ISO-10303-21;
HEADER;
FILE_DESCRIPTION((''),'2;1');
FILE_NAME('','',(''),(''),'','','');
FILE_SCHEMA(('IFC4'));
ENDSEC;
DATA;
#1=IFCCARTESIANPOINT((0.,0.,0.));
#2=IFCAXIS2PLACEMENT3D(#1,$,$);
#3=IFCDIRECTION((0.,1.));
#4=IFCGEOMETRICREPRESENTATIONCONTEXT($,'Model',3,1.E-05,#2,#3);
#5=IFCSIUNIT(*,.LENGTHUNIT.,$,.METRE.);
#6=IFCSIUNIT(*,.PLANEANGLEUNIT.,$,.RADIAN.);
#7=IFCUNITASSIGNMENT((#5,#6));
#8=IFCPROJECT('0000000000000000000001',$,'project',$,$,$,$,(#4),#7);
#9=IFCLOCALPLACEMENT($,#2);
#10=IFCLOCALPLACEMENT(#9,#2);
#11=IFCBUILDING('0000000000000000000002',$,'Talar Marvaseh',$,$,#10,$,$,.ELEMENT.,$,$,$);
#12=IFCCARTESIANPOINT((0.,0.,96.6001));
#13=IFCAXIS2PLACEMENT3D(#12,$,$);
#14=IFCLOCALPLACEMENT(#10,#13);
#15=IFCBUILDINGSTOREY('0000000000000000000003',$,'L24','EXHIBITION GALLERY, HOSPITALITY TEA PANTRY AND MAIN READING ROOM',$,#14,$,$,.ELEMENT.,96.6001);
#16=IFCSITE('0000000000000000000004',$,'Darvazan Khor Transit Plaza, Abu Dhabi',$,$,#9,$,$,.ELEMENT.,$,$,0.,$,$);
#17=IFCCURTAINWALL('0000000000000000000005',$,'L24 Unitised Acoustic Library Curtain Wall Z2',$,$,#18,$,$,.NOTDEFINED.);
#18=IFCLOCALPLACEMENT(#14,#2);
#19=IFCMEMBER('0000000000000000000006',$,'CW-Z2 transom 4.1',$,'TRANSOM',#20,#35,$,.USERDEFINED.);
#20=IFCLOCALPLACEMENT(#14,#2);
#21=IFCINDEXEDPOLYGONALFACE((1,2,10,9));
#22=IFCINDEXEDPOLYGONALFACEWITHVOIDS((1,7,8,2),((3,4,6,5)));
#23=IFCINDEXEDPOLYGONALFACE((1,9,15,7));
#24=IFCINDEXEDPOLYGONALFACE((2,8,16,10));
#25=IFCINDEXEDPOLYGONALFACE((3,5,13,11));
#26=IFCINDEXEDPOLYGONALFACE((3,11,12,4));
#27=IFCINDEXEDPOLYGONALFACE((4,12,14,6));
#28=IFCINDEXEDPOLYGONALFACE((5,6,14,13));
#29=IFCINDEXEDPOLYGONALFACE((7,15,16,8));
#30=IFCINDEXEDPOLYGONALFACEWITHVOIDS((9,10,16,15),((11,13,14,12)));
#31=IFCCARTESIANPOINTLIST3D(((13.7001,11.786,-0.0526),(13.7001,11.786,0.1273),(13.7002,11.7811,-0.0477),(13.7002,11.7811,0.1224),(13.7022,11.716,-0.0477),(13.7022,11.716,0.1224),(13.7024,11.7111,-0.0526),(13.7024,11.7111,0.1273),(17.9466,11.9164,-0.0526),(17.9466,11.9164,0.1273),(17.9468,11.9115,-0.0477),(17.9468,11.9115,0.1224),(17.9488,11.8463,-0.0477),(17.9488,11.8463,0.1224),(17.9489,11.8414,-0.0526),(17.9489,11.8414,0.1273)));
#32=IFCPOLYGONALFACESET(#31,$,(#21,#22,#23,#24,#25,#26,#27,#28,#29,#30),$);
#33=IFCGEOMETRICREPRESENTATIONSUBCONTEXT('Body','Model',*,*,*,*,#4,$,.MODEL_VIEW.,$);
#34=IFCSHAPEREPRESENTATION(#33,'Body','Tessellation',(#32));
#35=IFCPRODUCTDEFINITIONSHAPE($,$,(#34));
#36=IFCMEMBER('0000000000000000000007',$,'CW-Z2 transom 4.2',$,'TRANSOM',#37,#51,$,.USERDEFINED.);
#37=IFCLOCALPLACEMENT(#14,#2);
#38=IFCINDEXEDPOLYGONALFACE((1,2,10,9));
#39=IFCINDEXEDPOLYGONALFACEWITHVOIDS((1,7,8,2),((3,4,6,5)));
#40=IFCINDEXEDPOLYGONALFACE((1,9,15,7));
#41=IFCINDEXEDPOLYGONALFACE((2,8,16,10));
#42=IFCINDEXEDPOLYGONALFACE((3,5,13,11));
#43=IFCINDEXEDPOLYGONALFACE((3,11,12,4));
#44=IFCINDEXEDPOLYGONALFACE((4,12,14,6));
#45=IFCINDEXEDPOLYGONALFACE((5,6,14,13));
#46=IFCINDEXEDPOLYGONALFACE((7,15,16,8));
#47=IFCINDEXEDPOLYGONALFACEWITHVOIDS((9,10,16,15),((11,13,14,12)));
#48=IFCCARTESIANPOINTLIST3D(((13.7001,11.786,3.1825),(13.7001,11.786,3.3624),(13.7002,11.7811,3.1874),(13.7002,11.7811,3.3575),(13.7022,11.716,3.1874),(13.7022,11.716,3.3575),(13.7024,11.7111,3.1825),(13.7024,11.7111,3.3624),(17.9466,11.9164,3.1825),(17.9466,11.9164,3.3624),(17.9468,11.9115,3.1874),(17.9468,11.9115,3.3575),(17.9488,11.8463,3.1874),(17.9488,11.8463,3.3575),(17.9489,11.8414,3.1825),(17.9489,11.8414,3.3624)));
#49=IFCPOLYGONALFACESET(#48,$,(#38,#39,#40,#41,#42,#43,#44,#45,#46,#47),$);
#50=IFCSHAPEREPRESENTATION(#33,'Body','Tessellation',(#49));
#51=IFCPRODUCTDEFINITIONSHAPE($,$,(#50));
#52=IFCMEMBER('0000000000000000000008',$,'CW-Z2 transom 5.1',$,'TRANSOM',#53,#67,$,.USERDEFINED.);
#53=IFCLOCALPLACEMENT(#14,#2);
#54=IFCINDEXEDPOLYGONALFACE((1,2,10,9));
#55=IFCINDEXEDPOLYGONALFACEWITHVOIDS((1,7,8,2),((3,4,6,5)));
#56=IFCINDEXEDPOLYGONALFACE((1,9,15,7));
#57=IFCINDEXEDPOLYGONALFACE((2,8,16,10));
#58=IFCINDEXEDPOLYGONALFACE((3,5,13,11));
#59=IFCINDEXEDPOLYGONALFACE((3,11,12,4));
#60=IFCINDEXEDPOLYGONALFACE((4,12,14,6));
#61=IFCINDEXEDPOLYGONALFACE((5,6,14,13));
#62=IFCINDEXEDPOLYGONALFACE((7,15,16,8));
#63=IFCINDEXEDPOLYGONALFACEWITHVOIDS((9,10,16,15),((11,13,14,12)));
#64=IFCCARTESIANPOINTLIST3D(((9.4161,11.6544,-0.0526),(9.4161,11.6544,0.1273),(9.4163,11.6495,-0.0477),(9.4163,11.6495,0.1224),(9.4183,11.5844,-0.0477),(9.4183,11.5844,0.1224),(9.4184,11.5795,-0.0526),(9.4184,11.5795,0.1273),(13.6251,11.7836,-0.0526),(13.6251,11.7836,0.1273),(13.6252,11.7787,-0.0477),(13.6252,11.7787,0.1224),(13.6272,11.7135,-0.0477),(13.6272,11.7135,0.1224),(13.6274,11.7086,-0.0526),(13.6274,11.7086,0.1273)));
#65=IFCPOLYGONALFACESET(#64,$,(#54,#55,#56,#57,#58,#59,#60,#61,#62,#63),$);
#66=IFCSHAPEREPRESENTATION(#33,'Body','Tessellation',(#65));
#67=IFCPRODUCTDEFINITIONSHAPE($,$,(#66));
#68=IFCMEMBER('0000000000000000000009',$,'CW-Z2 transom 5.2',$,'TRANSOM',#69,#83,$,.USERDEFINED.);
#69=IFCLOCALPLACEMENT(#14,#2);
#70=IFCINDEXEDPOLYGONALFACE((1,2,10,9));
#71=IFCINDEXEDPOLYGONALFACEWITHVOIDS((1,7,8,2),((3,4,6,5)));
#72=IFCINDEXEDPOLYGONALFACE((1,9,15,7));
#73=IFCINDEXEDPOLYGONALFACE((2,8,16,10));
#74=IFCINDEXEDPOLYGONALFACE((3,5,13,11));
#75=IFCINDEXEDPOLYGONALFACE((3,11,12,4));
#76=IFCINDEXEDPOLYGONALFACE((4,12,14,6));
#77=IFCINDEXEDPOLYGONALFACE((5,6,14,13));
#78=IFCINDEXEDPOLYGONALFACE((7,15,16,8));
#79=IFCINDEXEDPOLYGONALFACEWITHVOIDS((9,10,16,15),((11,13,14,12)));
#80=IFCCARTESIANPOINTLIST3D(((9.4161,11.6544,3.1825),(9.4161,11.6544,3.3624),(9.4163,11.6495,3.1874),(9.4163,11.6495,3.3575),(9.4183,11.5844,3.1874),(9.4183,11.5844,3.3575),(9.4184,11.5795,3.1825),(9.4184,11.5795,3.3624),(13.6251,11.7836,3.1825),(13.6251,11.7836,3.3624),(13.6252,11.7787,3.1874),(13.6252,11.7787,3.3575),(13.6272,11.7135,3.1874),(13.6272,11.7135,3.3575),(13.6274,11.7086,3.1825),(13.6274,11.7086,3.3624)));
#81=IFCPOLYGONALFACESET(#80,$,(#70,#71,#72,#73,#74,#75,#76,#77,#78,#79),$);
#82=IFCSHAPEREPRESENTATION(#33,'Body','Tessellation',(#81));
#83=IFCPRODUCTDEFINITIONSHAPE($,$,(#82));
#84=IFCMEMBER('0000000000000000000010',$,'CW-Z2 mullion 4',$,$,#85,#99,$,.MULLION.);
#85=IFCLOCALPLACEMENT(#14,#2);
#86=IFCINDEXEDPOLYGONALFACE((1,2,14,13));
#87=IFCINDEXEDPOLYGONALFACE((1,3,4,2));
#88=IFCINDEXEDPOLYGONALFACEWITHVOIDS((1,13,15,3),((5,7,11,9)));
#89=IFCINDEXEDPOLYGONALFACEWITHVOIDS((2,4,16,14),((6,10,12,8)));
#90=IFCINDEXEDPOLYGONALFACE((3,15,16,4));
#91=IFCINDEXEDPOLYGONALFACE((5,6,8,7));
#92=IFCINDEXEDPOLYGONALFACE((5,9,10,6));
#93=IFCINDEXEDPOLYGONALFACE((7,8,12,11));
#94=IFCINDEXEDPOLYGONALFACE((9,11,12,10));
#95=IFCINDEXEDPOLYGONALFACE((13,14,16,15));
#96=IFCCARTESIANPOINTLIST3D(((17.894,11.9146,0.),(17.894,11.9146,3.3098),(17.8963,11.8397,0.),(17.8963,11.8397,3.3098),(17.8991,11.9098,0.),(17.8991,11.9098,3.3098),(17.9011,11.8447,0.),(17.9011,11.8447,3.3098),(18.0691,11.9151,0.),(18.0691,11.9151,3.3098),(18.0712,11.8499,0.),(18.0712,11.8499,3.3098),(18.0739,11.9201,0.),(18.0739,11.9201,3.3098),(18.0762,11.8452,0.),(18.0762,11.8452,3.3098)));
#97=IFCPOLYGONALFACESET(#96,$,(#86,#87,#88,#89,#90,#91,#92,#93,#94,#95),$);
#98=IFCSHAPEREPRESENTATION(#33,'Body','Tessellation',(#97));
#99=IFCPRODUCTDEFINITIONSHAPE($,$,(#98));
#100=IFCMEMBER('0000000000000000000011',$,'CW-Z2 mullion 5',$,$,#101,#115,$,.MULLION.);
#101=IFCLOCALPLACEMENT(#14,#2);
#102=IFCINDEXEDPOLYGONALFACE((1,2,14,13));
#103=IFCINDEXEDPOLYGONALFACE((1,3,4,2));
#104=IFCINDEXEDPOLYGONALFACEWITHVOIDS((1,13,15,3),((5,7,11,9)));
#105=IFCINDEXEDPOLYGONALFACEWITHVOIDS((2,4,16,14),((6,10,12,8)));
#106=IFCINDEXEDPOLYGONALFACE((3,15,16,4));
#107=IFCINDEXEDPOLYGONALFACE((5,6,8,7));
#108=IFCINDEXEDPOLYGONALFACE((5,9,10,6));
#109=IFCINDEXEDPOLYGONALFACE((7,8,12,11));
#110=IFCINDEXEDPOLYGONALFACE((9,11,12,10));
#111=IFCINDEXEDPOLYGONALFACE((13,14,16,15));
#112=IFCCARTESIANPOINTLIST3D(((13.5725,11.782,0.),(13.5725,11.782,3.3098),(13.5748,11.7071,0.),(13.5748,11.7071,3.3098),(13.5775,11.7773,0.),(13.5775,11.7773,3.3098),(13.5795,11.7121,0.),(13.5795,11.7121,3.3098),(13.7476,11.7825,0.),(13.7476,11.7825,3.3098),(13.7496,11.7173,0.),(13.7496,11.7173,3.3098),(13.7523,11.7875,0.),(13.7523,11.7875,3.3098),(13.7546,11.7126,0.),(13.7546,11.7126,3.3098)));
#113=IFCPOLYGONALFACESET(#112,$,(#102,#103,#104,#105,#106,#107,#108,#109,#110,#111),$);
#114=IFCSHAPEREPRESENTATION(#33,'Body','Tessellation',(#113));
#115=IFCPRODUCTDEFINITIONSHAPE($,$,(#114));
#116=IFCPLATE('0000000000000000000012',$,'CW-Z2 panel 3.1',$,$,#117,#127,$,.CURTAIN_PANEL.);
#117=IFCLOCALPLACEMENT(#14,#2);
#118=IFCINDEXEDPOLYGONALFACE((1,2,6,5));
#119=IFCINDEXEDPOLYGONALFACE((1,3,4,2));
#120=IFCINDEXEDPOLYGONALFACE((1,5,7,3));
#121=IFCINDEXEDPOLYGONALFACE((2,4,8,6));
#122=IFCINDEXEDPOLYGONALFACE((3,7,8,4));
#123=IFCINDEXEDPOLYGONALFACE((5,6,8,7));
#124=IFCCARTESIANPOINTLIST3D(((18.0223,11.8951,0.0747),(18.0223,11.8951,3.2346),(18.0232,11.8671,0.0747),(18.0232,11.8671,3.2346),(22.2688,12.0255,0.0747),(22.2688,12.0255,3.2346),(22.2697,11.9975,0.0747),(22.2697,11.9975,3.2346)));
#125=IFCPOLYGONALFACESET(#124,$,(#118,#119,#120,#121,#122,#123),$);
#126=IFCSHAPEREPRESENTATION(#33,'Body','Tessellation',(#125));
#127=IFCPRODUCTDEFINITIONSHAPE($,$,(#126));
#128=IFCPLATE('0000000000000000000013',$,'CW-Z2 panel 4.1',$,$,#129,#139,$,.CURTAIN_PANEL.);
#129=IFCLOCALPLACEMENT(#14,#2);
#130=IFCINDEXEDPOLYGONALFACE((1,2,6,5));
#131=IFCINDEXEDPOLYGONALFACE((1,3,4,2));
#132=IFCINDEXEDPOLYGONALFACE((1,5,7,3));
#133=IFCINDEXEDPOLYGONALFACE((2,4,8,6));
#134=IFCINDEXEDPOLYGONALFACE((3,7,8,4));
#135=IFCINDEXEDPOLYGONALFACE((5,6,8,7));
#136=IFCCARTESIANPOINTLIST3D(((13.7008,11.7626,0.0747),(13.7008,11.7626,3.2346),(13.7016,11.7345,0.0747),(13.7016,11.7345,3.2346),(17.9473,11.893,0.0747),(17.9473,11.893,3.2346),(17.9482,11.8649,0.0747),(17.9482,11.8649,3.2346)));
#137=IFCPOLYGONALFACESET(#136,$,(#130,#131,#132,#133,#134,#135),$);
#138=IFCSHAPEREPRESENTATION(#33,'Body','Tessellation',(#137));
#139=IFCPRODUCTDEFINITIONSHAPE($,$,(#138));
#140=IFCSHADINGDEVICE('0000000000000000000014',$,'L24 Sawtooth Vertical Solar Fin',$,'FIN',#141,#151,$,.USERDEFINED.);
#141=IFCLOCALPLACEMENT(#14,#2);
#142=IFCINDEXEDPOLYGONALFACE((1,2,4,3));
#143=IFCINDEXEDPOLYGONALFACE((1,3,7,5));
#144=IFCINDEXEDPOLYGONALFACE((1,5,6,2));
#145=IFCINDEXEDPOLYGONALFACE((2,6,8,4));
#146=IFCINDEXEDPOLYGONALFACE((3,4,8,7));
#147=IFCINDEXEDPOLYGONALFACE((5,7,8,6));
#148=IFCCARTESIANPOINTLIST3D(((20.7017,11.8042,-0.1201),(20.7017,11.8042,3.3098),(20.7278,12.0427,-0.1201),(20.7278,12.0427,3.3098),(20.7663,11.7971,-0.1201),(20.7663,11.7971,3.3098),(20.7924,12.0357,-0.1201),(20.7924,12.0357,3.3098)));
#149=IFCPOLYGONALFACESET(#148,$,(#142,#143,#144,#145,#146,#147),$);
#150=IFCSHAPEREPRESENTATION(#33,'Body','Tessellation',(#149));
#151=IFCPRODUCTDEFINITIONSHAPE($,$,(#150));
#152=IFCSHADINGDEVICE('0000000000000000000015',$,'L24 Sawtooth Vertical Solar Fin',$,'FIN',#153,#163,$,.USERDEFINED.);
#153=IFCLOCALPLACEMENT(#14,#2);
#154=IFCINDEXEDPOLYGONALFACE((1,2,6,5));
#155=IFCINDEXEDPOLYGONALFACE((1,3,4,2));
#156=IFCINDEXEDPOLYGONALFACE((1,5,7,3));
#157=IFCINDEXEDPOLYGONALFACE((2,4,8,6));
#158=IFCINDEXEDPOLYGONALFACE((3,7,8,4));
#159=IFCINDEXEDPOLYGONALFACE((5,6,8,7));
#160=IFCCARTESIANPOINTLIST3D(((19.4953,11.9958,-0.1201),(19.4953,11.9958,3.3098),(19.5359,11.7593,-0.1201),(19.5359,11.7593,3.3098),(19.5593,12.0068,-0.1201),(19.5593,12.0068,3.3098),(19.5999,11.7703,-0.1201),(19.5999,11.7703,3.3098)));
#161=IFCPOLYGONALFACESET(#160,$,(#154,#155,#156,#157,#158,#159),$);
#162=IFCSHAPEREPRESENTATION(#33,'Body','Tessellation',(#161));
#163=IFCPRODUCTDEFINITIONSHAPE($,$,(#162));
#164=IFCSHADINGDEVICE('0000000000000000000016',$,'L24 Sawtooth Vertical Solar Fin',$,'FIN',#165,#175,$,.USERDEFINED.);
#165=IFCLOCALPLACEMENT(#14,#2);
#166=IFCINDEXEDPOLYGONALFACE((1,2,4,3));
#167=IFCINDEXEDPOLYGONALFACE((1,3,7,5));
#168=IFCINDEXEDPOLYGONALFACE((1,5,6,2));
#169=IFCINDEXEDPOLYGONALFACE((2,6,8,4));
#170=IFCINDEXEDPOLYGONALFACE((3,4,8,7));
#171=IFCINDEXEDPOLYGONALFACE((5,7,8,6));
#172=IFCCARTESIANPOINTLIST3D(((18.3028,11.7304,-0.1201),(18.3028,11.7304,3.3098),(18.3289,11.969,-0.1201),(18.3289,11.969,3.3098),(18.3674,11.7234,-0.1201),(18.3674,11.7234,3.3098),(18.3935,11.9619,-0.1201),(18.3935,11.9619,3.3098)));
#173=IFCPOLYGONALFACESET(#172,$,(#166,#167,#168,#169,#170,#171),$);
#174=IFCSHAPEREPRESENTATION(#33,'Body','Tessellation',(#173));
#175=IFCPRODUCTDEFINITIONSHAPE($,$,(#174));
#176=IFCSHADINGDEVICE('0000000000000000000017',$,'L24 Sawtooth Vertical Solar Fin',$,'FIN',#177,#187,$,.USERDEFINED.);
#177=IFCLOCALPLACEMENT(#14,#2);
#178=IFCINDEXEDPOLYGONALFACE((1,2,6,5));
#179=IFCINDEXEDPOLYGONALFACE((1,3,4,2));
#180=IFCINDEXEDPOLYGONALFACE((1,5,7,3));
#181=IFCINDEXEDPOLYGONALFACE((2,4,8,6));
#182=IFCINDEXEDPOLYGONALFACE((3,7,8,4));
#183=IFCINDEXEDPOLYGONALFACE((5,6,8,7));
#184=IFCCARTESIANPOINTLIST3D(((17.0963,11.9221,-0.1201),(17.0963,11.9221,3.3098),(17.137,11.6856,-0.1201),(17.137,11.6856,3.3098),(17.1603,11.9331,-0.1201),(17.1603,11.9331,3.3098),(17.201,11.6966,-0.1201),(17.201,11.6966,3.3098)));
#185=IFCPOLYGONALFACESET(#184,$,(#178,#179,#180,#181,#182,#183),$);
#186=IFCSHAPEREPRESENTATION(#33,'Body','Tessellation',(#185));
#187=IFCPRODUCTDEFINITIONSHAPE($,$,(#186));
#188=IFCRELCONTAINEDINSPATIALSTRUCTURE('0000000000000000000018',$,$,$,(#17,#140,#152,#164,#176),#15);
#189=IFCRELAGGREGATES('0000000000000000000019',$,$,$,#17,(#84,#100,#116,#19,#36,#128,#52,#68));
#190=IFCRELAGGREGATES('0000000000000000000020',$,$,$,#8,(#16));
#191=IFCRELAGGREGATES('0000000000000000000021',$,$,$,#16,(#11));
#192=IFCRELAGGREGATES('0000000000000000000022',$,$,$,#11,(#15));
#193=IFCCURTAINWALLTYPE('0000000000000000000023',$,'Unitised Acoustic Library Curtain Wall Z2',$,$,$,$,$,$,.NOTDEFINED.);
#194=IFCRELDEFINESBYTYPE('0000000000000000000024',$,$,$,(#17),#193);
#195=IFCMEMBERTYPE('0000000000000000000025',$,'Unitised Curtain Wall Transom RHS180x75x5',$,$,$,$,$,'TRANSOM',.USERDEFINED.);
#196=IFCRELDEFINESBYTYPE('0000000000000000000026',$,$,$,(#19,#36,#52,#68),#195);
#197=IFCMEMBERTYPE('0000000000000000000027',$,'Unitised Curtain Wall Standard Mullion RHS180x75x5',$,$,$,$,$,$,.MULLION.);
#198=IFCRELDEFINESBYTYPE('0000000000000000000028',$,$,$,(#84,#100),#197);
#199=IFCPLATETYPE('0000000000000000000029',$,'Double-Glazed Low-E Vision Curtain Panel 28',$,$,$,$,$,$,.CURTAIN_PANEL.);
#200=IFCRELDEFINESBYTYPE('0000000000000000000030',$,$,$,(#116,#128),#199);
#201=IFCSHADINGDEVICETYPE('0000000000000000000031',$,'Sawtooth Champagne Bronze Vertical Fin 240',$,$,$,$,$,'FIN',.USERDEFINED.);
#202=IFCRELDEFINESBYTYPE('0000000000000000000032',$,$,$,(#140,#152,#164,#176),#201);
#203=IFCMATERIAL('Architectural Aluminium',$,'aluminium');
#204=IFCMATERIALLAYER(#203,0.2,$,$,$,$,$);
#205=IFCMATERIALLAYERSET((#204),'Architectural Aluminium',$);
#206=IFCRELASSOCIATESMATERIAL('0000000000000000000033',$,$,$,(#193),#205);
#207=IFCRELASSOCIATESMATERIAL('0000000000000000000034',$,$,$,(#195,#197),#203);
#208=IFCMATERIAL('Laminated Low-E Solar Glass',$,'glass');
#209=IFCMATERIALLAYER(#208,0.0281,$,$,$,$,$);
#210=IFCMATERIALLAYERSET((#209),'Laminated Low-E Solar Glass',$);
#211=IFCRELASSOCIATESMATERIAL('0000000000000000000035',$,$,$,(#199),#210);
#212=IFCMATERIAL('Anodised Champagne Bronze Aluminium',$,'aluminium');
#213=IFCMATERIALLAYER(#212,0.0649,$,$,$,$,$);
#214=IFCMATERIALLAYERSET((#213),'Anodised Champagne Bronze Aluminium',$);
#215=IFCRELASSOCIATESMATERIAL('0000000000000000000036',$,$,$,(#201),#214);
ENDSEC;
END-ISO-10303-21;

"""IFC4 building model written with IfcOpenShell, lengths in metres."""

from ifc_helpers import new_model, si_unit, direction, frame, origin, origin_2d, place, context, subcontext, project, spatial, rectangle, hollow_rectangle, extrude, source, transform, mapped, material, layer, layer_set, material_profile, profile_set, type_object, type_shapes, element, aggregate, save


model = new_model("IFC4")

# Units and contexts
model_context = context("Model", 3, precision=1e-05, world=origin(), true_north=direction((0.0, 1.0)))
body_context = subcontext(model_context, "Body", "Model", "MODEL_VIEW")
ifc_project = project(units=[si_unit("LENGTHUNIT", "METRE"), si_unit("PLANEANGLEUNIT", "RADIAN")], contexts=[model_context])

# Site, building, storey
site_placement = place(None, origin())
site = spatial("IfcSite", under=ifc_project, at=site_placement, Name="Darvazan Khor Transit Plaza, Abu Dhabi", CompositionType="ELEMENT", RefElevation=0.0)
building_placement = place(site_placement, origin())
building = spatial("IfcBuilding", under=site, at=building_placement, Name="Talar Marvaseh", CompositionType="ELEMENT")
storey_placement = place(building_placement, frame((0.0, 0.0, 96.6001)))
storey = spatial("IfcBuildingStorey", under=building, at=storey_placement, Name="L24", Description="EXHIBITION GALLERY, HOSPITALITY TEA PANTRY AND MAIN READING ROOM", CompositionType="ELEMENT", Elevation=96.6001)

# Curtain wall, members, plates
ifc_material_1 = material(Name="Architectural Aluminium", Category="aluminium")
ifc_layer_1 = layer(ifc_material_1, 0.2)
ifc_layer_set_1 = layer_set([ifc_layer_1], Name="Architectural Aluminium")
curtain_wall_type = type_object("IfcCurtainWallType", Name="Unitised Acoustic Library Curtain Wall Z2", PredefinedType="NOTDEFINED", material=ifc_layer_set_1)
curtain_wall_placement = place(storey_placement, origin())
curtain_wall = element("IfcCurtainWall", 1, at=curtain_wall_placement, inside=storey, type_object=curtain_wall_type, Name="L24 Unitised Acoustic Library Curtain Wall Z2", PredefinedType="NOTDEFINED")
ifc_material_profile_1 = material_profile(ifc_material_1, hollow_rectangle(XDim=0.075, YDim=0.1799, WallThickness=0.0049, at=origin_2d()), Name="RHS180x75x5")
ifc_profile_set_1 = profile_set([ifc_material_profile_1], Name="Architectural Aluminium")
member_type_1 = type_object("IfcMemberType", Name="Unitised Curtain Wall Transom RHS180x75x5", ElementType="TRANSOM", PredefinedType="USERDEFINED", material=ifc_profile_set_1)
shared_shape_1 = source(origin(), body_context, "Body", "SweptSolid", [
    extrude(hollow_rectangle(XDim=0.075, YDim=0.1799, WallThickness=0.0049, at=origin_2d()), origin(), (0.0, 0.0, 1.0), 4.2485),
])
member_1_placement = place(storey_placement, frame((17.9478, 11.8789, 0.0374), z_axis=(-0.999529, -0.030686, 0.0), x_axis=(0.030686, -0.999529, 0.0)))
member_1 = element("IfcMember", 2, at=member_1_placement, type_object=member_type_1, Name="CW-Z2 transom 4.1", ObjectType="TRANSOM", PredefinedType="USERDEFINED", context=body_context, shape_type="MappedRepresentation", body=[
    mapped(shared_shape_1, transform((0.0, 0.0, 0.0), x_axis=(1.0, 0.0, 0.0), y_axis=(0.0, 1.0, 0.0), z_axis=(0.0, 0.0, 1.0), scale=1.0)),
])
member_2_placement = place(storey_placement, frame((17.9478, 11.8789, 3.2725), z_axis=(-0.999529, -0.030686, 0.0), x_axis=(0.030686, -0.999529, 0.0)))
member_2 = element("IfcMember", 3, at=member_2_placement, type_object=member_type_1, Name="CW-Z2 transom 4.2", ObjectType="TRANSOM", PredefinedType="USERDEFINED", context=body_context, shape_type="MappedRepresentation", body=[
    mapped(shared_shape_1, transform((0.0, 0.0, 0.0), x_axis=(1.0, 0.0, 0.0), y_axis=(0.0, 1.0, 0.0), z_axis=(0.0, 0.0, 1.0), scale=1.0)),
])
shared_shape_2 = source(origin(), body_context, "Body", "SweptSolid", [
    extrude(hollow_rectangle(XDim=0.075, YDim=0.1799, WallThickness=0.0049, at=origin_2d()), origin(), (0.0, 0.0, 1.0), 4.2109),
])
type_shapes(member_type_1, [shared_shape_1, shared_shape_2])
member_3_placement = place(storey_placement, frame((13.6262, 11.7461, 0.0374), z_axis=(-0.99953, -0.03067, 0.0), x_axis=(0.03067, -0.99953, 0.0)))
member_3 = element("IfcMember", 4, at=member_3_placement, type_object=member_type_1, Name="CW-Z2 transom 5.1", ObjectType="TRANSOM", PredefinedType="USERDEFINED", context=body_context, shape_type="MappedRepresentation", body=[
    mapped(shared_shape_2, transform((0.0, 0.0, 0.0), x_axis=(1.0, 0.0, 0.0), y_axis=(0.0, 1.0, 0.0), z_axis=(0.0, 0.0, 1.0), scale=1.0)),
])
member_4_placement = place(storey_placement, frame((13.6262, 11.7461, 3.2725), z_axis=(-0.99953, -0.03067, 0.0), x_axis=(0.03067, -0.99953, 0.0)))
member_4 = element("IfcMember", 5, at=member_4_placement, type_object=member_type_1, Name="CW-Z2 transom 5.2", ObjectType="TRANSOM", PredefinedType="USERDEFINED", context=body_context, shape_type="MappedRepresentation", body=[
    mapped(shared_shape_2, transform((0.0, 0.0, 0.0), x_axis=(1.0, 0.0, 0.0), y_axis=(0.0, 1.0, 0.0), z_axis=(0.0, 0.0, 1.0), scale=1.0)),
])
ifc_material_profile_2 = material_profile(ifc_material_1, hollow_rectangle(XDim=0.075, YDim=0.1799, WallThickness=0.0049, at=origin_2d()), Name="RHS180x75x5")
ifc_profile_set_2 = profile_set([ifc_material_profile_2], Name="Architectural Aluminium")
member_type_2 = type_object("IfcMemberType", Name="Unitised Curtain Wall Standard Mullion RHS180x75x5", PredefinedType="MULLION", material=ifc_profile_set_2)
shared_shape_3 = source(origin(), body_context, "Body", "SweptSolid", [
    extrude(hollow_rectangle(XDim=0.075, YDim=0.1799, WallThickness=0.0049, at=origin_2d()), origin(), (0.0, 0.0, 1.0), 3.3098),
])
type_shapes(member_type_2, [shared_shape_3])
member_5_placement = place(storey_placement, frame((17.9851, 11.8799, 0.0), z_axis=(0.0, 0.0, 1.0), x_axis=(0.030693, -0.999529, 0.0)))
member_5 = element("IfcMember", 6, at=member_5_placement, type_object=member_type_2, Name="CW-Z2 mullion 4", PredefinedType="MULLION", context=body_context, shape_type="MappedRepresentation", body=[
    mapped(shared_shape_3, transform((0.0, 0.0, 0.0), x_axis=(1.0, 0.0, 0.0), y_axis=(0.0, 1.0, 0.0), z_axis=(0.0, 0.0, 1.0), scale=1.0)),
])
member_6_placement = place(storey_placement, frame((13.6636, 11.7473, 0.0), z_axis=(0.0, 0.0, 1.0), x_axis=(0.030693, -0.999529, 0.0)))
member_6 = element("IfcMember", 7, at=member_6_placement, type_object=member_type_2, Name="CW-Z2 mullion 5", PredefinedType="MULLION", context=body_context, shape_type="MappedRepresentation", body=[
    mapped(shared_shape_3, transform((0.0, 0.0, 0.0), x_axis=(1.0, 0.0, 0.0), y_axis=(0.0, 1.0, 0.0), z_axis=(0.0, 0.0, 1.0), scale=1.0)),
])
ifc_material_2 = material(Name="Laminated Low-E Solar Glass", Category="glass")
ifc_layer_2 = layer(ifc_material_2, 0.0281)
ifc_layer_set_2 = layer_set([ifc_layer_2], Name="Laminated Low-E Solar Glass")
plate_type = type_object("IfcPlateType", Name="Double-Glazed Low-E Vision Curtain Panel 28", PredefinedType="CURTAIN_PANEL", material=ifc_layer_set_2)
shared_shape_4 = source(origin(), body_context, "Body", "SweptSolid", [
    extrude(rectangle(XDim=4.2485, YDim=0.0281, at=origin_2d()), origin(), (0.0, 0.0, 1.0), 3.1599),
])
type_shapes(plate_type, [shared_shape_4])
plate_1_placement = place(storey_placement, frame((20.146, 11.9463, 0.0747), z_axis=(0.0, 0.0, 1.0), x_axis=(-0.999529, -0.030693, 0.0)))
plate_1 = element("IfcPlate", 8, at=plate_1_placement, type_object=plate_type, Name="CW-Z2 panel 3.1", PredefinedType="CURTAIN_PANEL", context=body_context, shape_type="MappedRepresentation", body=[
    mapped(shared_shape_4, transform((0.0, 0.0, 0.0), x_axis=(1.0, 0.0, 0.0), y_axis=(0.0, 1.0, 0.0), z_axis=(0.0, 0.0, 1.0), scale=1.0)),
])
plate_2_placement = place(storey_placement, frame((15.8245, 11.8137, 0.0747), z_axis=(0.0, 0.0, 1.0), x_axis=(-0.999529, -0.030693, 0.0)))
plate_2 = element("IfcPlate", 9, at=plate_2_placement, type_object=plate_type, Name="CW-Z2 panel 4.1", PredefinedType="CURTAIN_PANEL", context=body_context, shape_type="MappedRepresentation", body=[
    mapped(shared_shape_4, transform((0.0, 0.0, 0.0), x_axis=(1.0, 0.0, 0.0), y_axis=(0.0, 1.0, 0.0), z_axis=(0.0, 0.0, 1.0), scale=1.0)),
])
aggregate(curtain_wall, [member_5, member_6, plate_1, member_1, member_2, plate_2, member_3, member_4])

# Shading devices
ifc_material_3 = material(Name="Anodised Champagne Bronze Aluminium", Category="aluminium")
ifc_layer_3 = layer(ifc_material_3, 0.0649)
ifc_layer_set_3 = layer_set([ifc_layer_3], Name="Anodised Champagne Bronze Aluminium")
shading_device_type = type_object("IfcShadingDeviceType", Name="Sawtooth Champagne Bronze Vertical Fin 240", ElementType="FIN", PredefinedType="USERDEFINED", material=ifc_layer_set_3)
shared_shape_5 = source(origin(), body_context, "Body", "SweptSolid", [
    extrude(rectangle(XDim=0.24, YDim=0.0649, at=origin_2d()), origin(), (0.0, 0.0, 1.0), 3.4299),
])
type_shapes(shading_device_type, [shared_shape_5])
for number, where, z_axis, x_axis, name in (
    (10, (20.7471, 11.9199, -0.1201), (0.0, 0.0, 1.0), (-0.108693, -0.994075, 0.0), "L24 Sawtooth Vertical Solar Fin"),
    (11, (19.5476, 11.8831, -0.1201), (0.0, 0.0, 1.0), (0.169522, -0.985526, 0.0), "L24 Sawtooth Vertical Solar Fin"),
    (12, (18.3481, 11.8462, -0.1201), (0.0, 0.0, 1.0), (-0.108693, -0.994075, 0.0), "L24 Sawtooth Vertical Solar Fin"),
    (13, (17.1487, 11.8093, -0.1201), (0.0, 0.0, 1.0), (0.169522, -0.985526, 0.0), "L24 Sawtooth Vertical Solar Fin"),
):
    element("IfcShadingDevice", number, at=place(storey_placement, frame(where, z_axis=z_axis, x_axis=x_axis)), inside=storey, type_object=shading_device_type, Name=name, ObjectType="FIN", PredefinedType="USERDEFINED", context=body_context, shape_type="MappedRepresentation", body=[
        mapped(shared_shape_5, transform((0.0, 0.0, 0.0), x_axis=(1.0, 0.0, 0.0), y_axis=(0.0, 1.0, 0.0), z_axis=(0.0, 0.0, 1.0), scale=1.0)),
    ])

save(model, "model.ifc")
